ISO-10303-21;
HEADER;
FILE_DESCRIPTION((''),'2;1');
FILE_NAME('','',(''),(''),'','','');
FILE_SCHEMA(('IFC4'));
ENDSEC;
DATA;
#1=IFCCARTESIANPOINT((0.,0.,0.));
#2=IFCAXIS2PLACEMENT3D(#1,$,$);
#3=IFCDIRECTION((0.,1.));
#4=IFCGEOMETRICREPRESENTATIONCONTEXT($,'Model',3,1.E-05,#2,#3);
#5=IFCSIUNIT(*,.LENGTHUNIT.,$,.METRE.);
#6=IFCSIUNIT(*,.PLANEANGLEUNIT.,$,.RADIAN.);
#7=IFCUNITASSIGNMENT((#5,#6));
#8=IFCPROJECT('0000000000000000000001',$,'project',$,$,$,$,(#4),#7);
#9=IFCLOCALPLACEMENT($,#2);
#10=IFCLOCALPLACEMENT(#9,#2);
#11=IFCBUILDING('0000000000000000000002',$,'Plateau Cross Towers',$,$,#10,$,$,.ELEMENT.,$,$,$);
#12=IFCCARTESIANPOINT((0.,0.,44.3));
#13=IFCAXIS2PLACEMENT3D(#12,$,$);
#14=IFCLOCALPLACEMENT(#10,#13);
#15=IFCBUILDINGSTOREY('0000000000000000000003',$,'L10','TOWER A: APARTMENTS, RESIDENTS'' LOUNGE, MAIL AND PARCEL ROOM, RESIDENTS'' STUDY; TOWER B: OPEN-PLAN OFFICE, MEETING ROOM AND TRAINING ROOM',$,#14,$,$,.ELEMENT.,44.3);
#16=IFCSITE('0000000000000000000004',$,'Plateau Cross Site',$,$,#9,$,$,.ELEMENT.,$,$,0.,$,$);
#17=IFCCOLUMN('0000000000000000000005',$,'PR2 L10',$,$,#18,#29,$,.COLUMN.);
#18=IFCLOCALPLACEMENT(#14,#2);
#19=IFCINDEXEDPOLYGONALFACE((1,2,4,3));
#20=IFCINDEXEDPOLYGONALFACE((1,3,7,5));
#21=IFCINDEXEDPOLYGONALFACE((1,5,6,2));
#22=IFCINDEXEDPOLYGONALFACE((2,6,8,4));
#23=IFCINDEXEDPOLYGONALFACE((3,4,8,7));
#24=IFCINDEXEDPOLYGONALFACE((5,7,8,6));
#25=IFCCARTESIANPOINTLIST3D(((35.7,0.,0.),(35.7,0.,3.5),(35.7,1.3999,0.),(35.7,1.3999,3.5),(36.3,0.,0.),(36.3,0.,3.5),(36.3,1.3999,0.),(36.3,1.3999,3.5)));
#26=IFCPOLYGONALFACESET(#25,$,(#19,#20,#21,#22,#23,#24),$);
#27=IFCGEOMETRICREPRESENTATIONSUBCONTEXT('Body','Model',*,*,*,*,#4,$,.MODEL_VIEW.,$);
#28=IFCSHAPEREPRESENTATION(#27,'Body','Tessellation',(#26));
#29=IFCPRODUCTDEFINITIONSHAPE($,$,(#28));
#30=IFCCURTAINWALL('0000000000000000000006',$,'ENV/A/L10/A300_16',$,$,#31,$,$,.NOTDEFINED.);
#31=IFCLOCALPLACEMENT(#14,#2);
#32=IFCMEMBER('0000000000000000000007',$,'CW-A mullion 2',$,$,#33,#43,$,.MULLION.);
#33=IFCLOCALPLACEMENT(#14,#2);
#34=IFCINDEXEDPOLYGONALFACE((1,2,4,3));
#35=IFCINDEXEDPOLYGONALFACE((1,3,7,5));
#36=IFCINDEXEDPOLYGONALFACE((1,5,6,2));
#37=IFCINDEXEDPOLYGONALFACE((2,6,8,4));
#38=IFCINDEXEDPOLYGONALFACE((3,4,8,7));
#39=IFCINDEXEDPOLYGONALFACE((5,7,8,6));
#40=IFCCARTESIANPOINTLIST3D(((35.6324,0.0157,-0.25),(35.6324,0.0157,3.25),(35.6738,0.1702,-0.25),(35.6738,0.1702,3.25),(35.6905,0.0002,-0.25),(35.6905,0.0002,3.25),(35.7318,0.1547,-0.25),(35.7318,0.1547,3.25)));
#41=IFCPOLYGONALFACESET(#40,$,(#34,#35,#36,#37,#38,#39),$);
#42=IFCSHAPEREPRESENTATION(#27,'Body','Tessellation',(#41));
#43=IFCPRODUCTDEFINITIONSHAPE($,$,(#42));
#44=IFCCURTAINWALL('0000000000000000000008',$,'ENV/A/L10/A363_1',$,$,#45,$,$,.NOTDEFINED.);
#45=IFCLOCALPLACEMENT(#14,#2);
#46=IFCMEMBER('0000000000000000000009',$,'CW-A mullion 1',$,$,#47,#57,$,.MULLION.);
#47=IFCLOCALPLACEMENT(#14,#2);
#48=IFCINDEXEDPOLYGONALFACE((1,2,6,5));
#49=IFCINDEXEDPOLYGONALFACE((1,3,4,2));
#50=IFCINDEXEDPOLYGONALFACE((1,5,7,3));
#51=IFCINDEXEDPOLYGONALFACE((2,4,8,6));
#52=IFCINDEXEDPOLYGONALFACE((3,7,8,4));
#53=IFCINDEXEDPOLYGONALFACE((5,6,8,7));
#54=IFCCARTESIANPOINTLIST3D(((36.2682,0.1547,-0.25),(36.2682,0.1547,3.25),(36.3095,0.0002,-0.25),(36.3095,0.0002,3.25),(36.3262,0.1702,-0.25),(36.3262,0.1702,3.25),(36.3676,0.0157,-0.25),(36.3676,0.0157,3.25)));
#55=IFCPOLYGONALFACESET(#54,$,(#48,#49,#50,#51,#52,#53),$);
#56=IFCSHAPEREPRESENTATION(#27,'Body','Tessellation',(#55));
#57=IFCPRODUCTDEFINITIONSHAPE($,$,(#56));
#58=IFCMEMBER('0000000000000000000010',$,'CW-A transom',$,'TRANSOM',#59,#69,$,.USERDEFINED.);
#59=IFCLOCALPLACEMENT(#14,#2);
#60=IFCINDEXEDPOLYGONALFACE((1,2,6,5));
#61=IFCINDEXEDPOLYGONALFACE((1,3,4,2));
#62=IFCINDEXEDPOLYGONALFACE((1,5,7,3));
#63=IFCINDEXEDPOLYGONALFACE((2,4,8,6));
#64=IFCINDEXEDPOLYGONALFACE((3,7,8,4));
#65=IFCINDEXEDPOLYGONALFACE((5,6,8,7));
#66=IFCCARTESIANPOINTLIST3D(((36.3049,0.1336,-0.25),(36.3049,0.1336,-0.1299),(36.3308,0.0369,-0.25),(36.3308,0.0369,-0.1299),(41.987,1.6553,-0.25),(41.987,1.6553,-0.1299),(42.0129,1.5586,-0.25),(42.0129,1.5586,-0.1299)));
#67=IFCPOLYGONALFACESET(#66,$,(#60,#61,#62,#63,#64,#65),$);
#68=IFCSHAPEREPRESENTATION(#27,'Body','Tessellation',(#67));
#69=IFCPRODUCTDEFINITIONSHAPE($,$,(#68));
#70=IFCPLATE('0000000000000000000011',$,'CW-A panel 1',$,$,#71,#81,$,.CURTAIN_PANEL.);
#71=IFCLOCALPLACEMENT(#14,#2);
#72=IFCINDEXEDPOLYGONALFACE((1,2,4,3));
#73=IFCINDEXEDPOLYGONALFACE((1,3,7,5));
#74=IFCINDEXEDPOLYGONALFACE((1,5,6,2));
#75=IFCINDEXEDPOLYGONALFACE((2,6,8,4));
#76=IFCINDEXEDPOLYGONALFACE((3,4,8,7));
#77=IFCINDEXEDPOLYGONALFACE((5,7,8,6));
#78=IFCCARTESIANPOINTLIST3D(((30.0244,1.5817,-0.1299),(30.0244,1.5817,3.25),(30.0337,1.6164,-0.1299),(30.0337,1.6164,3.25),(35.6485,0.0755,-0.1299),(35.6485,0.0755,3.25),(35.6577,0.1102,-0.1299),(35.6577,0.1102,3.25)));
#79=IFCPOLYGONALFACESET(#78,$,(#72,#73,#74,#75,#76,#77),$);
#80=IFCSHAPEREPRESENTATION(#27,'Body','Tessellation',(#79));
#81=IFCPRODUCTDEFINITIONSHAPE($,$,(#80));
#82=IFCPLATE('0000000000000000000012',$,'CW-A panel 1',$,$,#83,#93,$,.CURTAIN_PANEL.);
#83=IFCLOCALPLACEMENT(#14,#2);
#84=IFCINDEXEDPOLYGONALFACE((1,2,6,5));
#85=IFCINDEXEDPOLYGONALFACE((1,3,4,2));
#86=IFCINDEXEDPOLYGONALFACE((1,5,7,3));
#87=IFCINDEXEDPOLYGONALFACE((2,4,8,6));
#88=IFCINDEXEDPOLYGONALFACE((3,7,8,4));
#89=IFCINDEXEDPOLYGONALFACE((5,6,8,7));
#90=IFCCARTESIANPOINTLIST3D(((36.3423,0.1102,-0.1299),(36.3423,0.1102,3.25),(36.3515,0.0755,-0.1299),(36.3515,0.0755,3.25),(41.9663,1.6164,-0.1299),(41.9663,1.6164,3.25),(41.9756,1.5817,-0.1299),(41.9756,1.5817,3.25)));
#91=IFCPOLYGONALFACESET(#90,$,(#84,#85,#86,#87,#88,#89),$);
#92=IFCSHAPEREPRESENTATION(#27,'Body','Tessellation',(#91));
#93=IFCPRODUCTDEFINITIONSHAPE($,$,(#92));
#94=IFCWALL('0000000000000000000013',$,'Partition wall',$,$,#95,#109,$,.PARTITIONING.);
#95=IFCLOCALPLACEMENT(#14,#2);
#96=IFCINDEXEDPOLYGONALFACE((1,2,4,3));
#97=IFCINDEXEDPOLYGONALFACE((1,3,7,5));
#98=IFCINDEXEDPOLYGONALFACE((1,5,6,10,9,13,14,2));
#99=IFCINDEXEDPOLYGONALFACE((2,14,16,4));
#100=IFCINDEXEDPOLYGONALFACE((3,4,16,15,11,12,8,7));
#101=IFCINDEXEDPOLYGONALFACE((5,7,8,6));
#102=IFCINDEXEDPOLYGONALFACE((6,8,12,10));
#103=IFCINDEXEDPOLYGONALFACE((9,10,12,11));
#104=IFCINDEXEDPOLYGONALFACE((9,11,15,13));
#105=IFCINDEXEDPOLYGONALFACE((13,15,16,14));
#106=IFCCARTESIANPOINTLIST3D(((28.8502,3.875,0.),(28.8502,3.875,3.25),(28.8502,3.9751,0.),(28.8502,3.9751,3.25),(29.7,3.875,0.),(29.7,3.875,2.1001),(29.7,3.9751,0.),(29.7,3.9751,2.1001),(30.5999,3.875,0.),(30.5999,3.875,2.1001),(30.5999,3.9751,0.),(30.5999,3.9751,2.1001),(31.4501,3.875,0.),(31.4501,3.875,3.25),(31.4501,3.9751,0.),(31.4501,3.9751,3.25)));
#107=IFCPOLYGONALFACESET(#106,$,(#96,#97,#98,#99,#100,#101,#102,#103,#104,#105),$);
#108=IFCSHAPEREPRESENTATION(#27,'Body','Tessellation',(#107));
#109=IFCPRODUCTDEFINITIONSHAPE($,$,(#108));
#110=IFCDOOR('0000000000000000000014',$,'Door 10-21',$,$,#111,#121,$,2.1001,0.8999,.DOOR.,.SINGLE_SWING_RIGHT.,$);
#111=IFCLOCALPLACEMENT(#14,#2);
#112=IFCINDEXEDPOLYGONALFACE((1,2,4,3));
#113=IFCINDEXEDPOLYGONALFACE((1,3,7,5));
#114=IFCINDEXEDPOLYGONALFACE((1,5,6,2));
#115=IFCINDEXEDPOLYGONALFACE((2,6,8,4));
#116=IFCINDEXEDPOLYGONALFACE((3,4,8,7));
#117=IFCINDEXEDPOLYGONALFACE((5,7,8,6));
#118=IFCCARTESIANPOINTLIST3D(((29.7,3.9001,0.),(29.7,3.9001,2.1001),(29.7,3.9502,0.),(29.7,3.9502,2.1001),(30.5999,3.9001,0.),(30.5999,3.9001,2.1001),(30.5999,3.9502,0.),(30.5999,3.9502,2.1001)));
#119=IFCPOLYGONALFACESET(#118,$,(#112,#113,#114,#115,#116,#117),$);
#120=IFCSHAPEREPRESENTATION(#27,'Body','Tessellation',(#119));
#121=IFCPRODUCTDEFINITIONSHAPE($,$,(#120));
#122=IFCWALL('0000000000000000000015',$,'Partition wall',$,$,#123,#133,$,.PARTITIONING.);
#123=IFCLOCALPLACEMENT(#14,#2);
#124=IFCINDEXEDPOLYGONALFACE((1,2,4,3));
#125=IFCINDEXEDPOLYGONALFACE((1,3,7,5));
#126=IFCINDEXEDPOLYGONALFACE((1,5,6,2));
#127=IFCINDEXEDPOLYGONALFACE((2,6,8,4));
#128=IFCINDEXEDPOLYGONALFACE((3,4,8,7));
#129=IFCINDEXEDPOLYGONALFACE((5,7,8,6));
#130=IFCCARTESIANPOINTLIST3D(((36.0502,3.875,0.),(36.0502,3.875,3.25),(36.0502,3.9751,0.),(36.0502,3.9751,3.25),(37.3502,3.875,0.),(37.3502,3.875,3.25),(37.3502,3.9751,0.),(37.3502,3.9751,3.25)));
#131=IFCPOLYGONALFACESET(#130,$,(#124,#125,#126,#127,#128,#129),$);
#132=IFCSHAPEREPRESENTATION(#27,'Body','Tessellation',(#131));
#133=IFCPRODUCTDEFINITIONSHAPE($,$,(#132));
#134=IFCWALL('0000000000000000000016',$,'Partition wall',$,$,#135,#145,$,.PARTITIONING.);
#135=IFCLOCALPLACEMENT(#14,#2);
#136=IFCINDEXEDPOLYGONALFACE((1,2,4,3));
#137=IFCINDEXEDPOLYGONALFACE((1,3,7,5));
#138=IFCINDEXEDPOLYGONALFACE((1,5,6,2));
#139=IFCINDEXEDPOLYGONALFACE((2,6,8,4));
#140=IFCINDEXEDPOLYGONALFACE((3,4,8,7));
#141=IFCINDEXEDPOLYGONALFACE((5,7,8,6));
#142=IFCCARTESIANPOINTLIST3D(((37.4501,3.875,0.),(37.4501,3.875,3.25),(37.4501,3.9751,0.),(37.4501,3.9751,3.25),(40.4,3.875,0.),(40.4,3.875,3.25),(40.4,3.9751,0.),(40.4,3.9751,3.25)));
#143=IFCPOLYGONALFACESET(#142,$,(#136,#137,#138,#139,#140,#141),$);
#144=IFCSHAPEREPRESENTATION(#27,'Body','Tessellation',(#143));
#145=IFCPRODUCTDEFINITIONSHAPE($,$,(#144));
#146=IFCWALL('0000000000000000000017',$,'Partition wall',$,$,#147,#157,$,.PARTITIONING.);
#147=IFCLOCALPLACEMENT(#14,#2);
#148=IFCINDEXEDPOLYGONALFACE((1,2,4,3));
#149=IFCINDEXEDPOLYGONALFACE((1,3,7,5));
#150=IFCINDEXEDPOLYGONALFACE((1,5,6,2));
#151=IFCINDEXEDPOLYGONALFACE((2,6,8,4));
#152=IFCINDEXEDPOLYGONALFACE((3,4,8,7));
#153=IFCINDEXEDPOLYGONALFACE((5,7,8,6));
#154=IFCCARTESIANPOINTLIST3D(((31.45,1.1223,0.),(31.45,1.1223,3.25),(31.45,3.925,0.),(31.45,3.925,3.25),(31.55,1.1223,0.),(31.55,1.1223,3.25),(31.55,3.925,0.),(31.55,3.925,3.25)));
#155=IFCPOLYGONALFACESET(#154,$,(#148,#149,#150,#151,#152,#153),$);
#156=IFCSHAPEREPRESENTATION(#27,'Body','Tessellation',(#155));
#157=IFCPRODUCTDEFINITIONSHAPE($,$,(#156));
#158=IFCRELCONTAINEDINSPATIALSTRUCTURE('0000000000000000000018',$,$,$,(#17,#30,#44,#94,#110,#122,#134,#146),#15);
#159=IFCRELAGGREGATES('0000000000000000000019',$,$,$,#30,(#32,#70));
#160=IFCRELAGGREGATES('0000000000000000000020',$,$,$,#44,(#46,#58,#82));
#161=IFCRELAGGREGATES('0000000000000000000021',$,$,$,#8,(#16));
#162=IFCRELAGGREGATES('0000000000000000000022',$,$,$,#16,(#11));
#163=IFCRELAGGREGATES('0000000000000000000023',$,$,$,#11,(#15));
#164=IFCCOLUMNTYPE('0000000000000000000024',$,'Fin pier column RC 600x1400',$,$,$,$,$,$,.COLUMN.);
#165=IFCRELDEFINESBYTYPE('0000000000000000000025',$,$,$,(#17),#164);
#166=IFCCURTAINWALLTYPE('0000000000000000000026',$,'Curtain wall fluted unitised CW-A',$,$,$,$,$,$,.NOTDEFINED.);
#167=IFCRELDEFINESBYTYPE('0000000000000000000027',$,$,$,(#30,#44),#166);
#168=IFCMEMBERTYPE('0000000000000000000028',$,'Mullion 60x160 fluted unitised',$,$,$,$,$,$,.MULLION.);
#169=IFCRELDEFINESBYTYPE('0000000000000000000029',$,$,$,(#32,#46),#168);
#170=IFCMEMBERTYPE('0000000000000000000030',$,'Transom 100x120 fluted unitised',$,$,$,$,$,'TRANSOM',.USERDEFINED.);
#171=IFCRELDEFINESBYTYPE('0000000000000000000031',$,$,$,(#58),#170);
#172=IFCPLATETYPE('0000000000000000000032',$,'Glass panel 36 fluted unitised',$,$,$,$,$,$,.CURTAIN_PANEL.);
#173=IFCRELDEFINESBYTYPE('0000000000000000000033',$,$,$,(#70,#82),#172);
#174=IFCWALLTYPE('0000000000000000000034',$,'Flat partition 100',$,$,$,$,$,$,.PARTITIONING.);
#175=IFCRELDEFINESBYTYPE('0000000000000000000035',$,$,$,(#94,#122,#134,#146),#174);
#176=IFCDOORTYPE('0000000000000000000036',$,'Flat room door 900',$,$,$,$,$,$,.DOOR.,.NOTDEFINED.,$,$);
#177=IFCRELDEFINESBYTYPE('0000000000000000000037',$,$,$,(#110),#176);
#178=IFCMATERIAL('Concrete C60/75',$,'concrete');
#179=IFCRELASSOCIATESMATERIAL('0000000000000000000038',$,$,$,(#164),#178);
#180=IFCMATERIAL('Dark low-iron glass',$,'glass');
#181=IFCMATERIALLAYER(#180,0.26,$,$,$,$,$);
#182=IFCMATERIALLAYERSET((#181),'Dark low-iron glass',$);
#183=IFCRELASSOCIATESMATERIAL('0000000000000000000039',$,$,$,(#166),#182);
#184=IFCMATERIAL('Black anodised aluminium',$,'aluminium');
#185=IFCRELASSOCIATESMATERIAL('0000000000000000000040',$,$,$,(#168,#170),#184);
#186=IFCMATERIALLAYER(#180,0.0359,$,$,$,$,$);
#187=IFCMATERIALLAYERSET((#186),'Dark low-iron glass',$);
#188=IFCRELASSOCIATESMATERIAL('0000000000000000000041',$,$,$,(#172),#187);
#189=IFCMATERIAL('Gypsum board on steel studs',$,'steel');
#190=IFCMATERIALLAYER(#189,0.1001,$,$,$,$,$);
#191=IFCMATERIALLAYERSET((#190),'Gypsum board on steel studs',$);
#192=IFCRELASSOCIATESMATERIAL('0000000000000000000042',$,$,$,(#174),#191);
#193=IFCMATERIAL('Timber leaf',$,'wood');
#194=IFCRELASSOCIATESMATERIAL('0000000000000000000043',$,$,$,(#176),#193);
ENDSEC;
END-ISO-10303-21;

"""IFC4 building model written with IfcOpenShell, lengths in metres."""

from ifc_helpers import new_model, si_unit, direction, frame, frame_2d, origin, origin_2d, place, context, subcontext, project, spatial, rectangle, extrude, material, layer, layer_set, material_profile, profile_set, type_object, element, fill, aggregate, save


model = new_model("IFC4")

# Units and contexts
model_context = context("Model", 3, precision=1e-05, world=origin(), true_north=direction((0.0, 1.0)))
body_context = subcontext(model_context, "Body", "Model", "MODEL_VIEW")
ifc_project = project(units=[si_unit("LENGTHUNIT", "METRE"), si_unit("PLANEANGLEUNIT", "RADIAN")], contexts=[model_context])

# Site, building, storey
site_placement = place(None, origin())
site = spatial("IfcSite", under=ifc_project, at=site_placement, Name="Plateau Cross Site", CompositionType="ELEMENT", RefElevation=0.0)
building_placement = place(site_placement, origin())
building = spatial("IfcBuilding", under=site, at=building_placement, Name="Plateau Cross Towers", CompositionType="ELEMENT")
storey_placement = place(building_placement, frame((0.0, 0.0, 44.3)))
storey = spatial("IfcBuildingStorey", under=building, at=storey_placement, Name="L10", Description="TOWER A: APARTMENTS, RESIDENTS' LOUNGE, MAIL AND PARCEL ROOM, RESIDENTS' STUDY; TOWER B: OPEN-PLAN OFFICE, MEETING ROOM AND TRAINING ROOM", CompositionType="ELEMENT", Elevation=44.3)

# Column
ifc_material_1 = material(Name="Concrete C60/75", Category="concrete")
ifc_material_profile_1 = material_profile(ifc_material_1, rectangle(XDim=0.6001, YDim=1.3999, at=origin_2d()), Name="RC 600x1400")
ifc_profile_set_1 = profile_set([ifc_material_profile_1], Name="Concrete C60/75")
column_type = type_object("IfcColumnType", Name="Fin pier column RC 600x1400", PredefinedType="COLUMN", material=ifc_profile_set_1)
column_placement = place(storey_placement, frame((36.0, 0.7, 0.0), z_axis=(0.0, 0.0, 1.0), x_axis=(1.0, 0.0, 0.0)))
element("IfcColumn", 1, at=column_placement, inside=storey, type_object=column_type, Name="PR2 L10", PredefinedType="COLUMN", context=body_context, shape_type="SweptSolid", body=[
    extrude(rectangle(XDim=0.6001, YDim=1.3999, at=origin_2d()), origin(), (0.0, 0.0, 1.0), 3.5),
])

# Curtain wall, member
ifc_material_2 = material(Name="Dark low-iron glass", Category="glass")
ifc_layer_1 = layer(ifc_material_2, 0.26)
ifc_layer_set_1 = layer_set([ifc_layer_1], Name="Dark low-iron glass")
curtain_wall_type = type_object("IfcCurtainWallType", Name="Curtain wall fluted unitised CW-A", PredefinedType="NOTDEFINED", material=ifc_layer_set_1)
curtain_wall_1_placement = place(storey_placement, origin())
curtain_wall_1 = element("IfcCurtainWall", 2, at=curtain_wall_1_placement, inside=storey, type_object=curtain_wall_type, Name="ENV/A/L10/A300_16", PredefinedType="NOTDEFINED")
ifc_material_3 = material(Name="Black anodised aluminium", Category="aluminium")
ifc_material_profile_2 = material_profile(ifc_material_3, rectangle(XDim=0.0601, YDim=0.1599, at=origin_2d()), Name="MULLION 60x160")
ifc_profile_set_2 = profile_set([ifc_material_profile_2], Name="Black anodised aluminium")
member_type_1 = type_object("IfcMemberType", Name="Mullion 60x160 fluted unitised", PredefinedType="MULLION", material=ifc_profile_set_2)
member_1_placement = place(storey_placement, frame((35.6821, 0.0852, -0.25), z_axis=(0.0, 0.0, 1.0), x_axis=(0.965958, -0.258699, 0.0)))
member_1 = element("IfcMember", 3, at=member_1_placement, type_object=member_type_1, Name="CW-A mullion 2", PredefinedType="MULLION", context=body_context, shape_type="SweptSolid", body=[
    extrude(rectangle(XDim=0.0601, YDim=0.1599, at=origin_2d()), origin(), (0.0, 0.0, 1.0), 3.5),
])

# Curtain wall, members
curtain_wall_2_placement = place(storey_placement, origin())
curtain_wall_2 = element("IfcCurtainWall", 4, at=curtain_wall_2_placement, inside=storey, type_object=curtain_wall_type, Name="ENV/A/L10/A363_1", PredefinedType="NOTDEFINED")
member_2_placement = place(storey_placement, frame((36.3179, 0.0852, -0.25), z_axis=(0.0, 0.0, 1.0), x_axis=(0.965958, 0.258699, 0.0)))
member_2 = element("IfcMember", 5, at=member_2_placement, type_object=member_type_1, Name="CW-A mullion 1", PredefinedType="MULLION", context=body_context, shape_type="SweptSolid", body=[
    extrude(rectangle(XDim=0.0601, YDim=0.1599, at=origin_2d()), origin(), (0.0, 0.0, 1.0), 3.5),
])
ifc_material_profile_3 = material_profile(ifc_material_3, rectangle(XDim=0.1001, YDim=0.1201, at=origin_2d()), Name="TRANSOM 100x120")
ifc_profile_set_3 = profile_set([ifc_material_profile_3], Name="Black anodised aluminium")
member_type_2 = type_object("IfcMemberType", Name="Transom 100x120 fluted unitised", ElementType="TRANSOM", PredefinedType="USERDEFINED", material=ifc_profile_set_3)
member_3_placement = place(storey_placement, frame((36.3179, 0.0852, -0.1899), z_axis=(0.96596, 0.258693, 0.0), x_axis=(-0.258693, 0.96596, 0.0)))
member_3 = element("IfcMember", 6, at=member_3_placement, type_object=member_type_2, Name="CW-A transom", ObjectType="TRANSOM", PredefinedType="USERDEFINED", context=body_context, shape_type="SweptSolid", body=[
    extrude(rectangle(XDim=0.1001, YDim=0.1201, at=origin_2d()), origin(), (0.0, 0.0, 1.0), 5.8823),
])

# Plates
ifc_layer_2 = layer(ifc_material_2, 0.0359)
ifc_layer_set_2 = layer_set([ifc_layer_2], Name="Dark low-iron glass")
plate_type = type_object("IfcPlateType", Name="Glass panel 36 fluted unitised", PredefinedType="CURTAIN_PANEL", material=ifc_layer_set_2)
plate_1_placement = place(storey_placement, frame((32.8411, 0.8459, -0.1299), z_axis=(0.0, 0.0, 1.0), x_axis=(0.965958, -0.258699, 0.0)))
plate_1 = element("IfcPlate", 7, at=plate_1_placement, type_object=plate_type, Name="CW-A panel 1", PredefinedType="CURTAIN_PANEL", context=body_context, shape_type="SweptSolid", body=[
    extrude(rectangle(XDim=5.8223, YDim=0.0359, at=origin_2d()), origin(), (0.0, 0.0, 1.0), 3.3799),
])
aggregate(curtain_wall_1, [member_1, plate_1])
plate_2_placement = place(storey_placement, frame((39.1589, 0.8459, -0.1299), z_axis=(0.0, 0.0, 1.0), x_axis=(0.965958, 0.258699, 0.0)))
plate_2 = element("IfcPlate", 8, at=plate_2_placement, type_object=plate_type, Name="CW-A panel 1", PredefinedType="CURTAIN_PANEL", context=body_context, shape_type="SweptSolid", body=[
    extrude(rectangle(XDim=5.8223, YDim=0.0359, at=origin_2d()), origin(), (0.0, 0.0, 1.0), 3.3799),
])
aggregate(curtain_wall_2, [member_2, member_3, plate_2])

# Wall, opening, door
ifc_material_4 = material(Name="Gypsum board on steel studs", Category="steel")
ifc_layer_3 = layer(ifc_material_4, 0.1001)
ifc_layer_set_3 = layer_set([ifc_layer_3], Name="Gypsum board on steel studs")
wall_type_1 = type_object("IfcWallType", Name="Flat partition 100", PredefinedType="PARTITIONING", material=ifc_layer_set_3)
wall_1_placement = place(storey_placement, frame((31.45, 3.925, 0.0), z_axis=(0.0, 0.0, 1.0), x_axis=(-1.0, 0.0, 0.0)))
wall_1 = element("IfcWall", 9, at=wall_1_placement, inside=storey, type_object=wall_type_1, Name="Partition wall", PredefinedType="PARTITIONING", context=body_context, shape_type="SweptSolid", body=[
    extrude(rectangle(XDim=2.5999, YDim=0.1001, at=frame_2d((1.2998, 0.0))), origin(), (0.0, 0.0, 1.0), 3.25),
])
opening_1_placement = place(wall_1_placement, frame((0.8501, 0.0, 0.0)))
opening_1 = element("IfcOpeningElement", 10, at=opening_1_placement, cuts=wall_1, PredefinedType="OPENING", context=body_context, shape_type="SweptSolid", body=[
    extrude(rectangle(XDim=0.8999, YDim=2.1001, at=frame_2d((0.45, 1.05))), frame((0.0, 0.0601, 0.0), z_axis=(0.0, -1.0, 0.0), x_axis=(1.0, 0.0, 0.0)), (0.0, 0.0, 1.0), 0.1201),
])
ifc_material_5 = material(Name="Timber leaf", Category="wood")
door_type = type_object("IfcDoorType", Name="Flat room door 900", OperationType="NOTDEFINED", PredefinedType="DOOR", material=ifc_material_5)
door_1_placement = place(opening_1_placement, origin())
door_1 = element("IfcDoor", 11, at=door_1_placement, inside=storey, type_object=door_type, Name="Door 10-21", OperationType="SINGLE_SWING_RIGHT", OverallHeight=2.1001, OverallWidth=0.8999, PredefinedType="DOOR", context=body_context, shape_type="SweptSolid", body=[
    extrude(rectangle(XDim=0.8999, YDim=2.1001, at=frame_2d((0.45, 1.05))), frame((0.0, 0.0249, 0.0), z_axis=(0.0, -1.0, 0.0), x_axis=(1.0, 0.0, 0.0)), (0.0, 0.0, 1.0), 0.05),
])
fill(opening_1, door_1)

# Walls
wall_2_placement = place(storey_placement, frame((37.3501, 3.925, 0.0), z_axis=(0.0, 0.0, 1.0), x_axis=(-1.0, 0.0, 0.0)))
element("IfcWall", 12, at=wall_2_placement, inside=storey, type_object=wall_type_1, Name="Partition wall", PredefinedType="PARTITIONING", context=body_context, shape_type="SweptSolid", body=[
    extrude(rectangle(XDim=1.3, YDim=0.1001, at=frame_2d((0.6499, 0.0))), origin(), (0.0, 0.0, 1.0), 3.25),
])
wall_3_placement = place(storey_placement, frame((37.45, 3.925, 0.0), z_axis=(0.0, 0.0, 1.0), x_axis=(1.0, 0.0, 0.0)))
element("IfcWall", 13, at=wall_3_placement, inside=storey, type_object=wall_type_1, Name="Partition wall", PredefinedType="PARTITIONING", context=body_context, shape_type="SweptSolid", body=[
    extrude(rectangle(XDim=2.95, YDim=0.1001, at=frame_2d((1.4751, 0.0))), origin(), (0.0, 0.0, 1.0), 3.25),
])
wall_4_placement = place(storey_placement, frame((31.5, 1.1223, 0.0), z_axis=(0.0, 0.0, 1.0), x_axis=(0.0, 1.0, 0.0)))
element("IfcWall", 14, at=wall_4_placement, inside=storey, type_object=wall_type_1, Name="Partition wall", PredefinedType="PARTITIONING", context=body_context, shape_type="SweptSolid", body=[
    extrude(rectangle(XDim=2.8027, YDim=0.1001, at=frame_2d((1.4014, 0.0))), origin(), (0.0, 0.0, 1.0), 3.25),
])

save(model, "model.ifc")
